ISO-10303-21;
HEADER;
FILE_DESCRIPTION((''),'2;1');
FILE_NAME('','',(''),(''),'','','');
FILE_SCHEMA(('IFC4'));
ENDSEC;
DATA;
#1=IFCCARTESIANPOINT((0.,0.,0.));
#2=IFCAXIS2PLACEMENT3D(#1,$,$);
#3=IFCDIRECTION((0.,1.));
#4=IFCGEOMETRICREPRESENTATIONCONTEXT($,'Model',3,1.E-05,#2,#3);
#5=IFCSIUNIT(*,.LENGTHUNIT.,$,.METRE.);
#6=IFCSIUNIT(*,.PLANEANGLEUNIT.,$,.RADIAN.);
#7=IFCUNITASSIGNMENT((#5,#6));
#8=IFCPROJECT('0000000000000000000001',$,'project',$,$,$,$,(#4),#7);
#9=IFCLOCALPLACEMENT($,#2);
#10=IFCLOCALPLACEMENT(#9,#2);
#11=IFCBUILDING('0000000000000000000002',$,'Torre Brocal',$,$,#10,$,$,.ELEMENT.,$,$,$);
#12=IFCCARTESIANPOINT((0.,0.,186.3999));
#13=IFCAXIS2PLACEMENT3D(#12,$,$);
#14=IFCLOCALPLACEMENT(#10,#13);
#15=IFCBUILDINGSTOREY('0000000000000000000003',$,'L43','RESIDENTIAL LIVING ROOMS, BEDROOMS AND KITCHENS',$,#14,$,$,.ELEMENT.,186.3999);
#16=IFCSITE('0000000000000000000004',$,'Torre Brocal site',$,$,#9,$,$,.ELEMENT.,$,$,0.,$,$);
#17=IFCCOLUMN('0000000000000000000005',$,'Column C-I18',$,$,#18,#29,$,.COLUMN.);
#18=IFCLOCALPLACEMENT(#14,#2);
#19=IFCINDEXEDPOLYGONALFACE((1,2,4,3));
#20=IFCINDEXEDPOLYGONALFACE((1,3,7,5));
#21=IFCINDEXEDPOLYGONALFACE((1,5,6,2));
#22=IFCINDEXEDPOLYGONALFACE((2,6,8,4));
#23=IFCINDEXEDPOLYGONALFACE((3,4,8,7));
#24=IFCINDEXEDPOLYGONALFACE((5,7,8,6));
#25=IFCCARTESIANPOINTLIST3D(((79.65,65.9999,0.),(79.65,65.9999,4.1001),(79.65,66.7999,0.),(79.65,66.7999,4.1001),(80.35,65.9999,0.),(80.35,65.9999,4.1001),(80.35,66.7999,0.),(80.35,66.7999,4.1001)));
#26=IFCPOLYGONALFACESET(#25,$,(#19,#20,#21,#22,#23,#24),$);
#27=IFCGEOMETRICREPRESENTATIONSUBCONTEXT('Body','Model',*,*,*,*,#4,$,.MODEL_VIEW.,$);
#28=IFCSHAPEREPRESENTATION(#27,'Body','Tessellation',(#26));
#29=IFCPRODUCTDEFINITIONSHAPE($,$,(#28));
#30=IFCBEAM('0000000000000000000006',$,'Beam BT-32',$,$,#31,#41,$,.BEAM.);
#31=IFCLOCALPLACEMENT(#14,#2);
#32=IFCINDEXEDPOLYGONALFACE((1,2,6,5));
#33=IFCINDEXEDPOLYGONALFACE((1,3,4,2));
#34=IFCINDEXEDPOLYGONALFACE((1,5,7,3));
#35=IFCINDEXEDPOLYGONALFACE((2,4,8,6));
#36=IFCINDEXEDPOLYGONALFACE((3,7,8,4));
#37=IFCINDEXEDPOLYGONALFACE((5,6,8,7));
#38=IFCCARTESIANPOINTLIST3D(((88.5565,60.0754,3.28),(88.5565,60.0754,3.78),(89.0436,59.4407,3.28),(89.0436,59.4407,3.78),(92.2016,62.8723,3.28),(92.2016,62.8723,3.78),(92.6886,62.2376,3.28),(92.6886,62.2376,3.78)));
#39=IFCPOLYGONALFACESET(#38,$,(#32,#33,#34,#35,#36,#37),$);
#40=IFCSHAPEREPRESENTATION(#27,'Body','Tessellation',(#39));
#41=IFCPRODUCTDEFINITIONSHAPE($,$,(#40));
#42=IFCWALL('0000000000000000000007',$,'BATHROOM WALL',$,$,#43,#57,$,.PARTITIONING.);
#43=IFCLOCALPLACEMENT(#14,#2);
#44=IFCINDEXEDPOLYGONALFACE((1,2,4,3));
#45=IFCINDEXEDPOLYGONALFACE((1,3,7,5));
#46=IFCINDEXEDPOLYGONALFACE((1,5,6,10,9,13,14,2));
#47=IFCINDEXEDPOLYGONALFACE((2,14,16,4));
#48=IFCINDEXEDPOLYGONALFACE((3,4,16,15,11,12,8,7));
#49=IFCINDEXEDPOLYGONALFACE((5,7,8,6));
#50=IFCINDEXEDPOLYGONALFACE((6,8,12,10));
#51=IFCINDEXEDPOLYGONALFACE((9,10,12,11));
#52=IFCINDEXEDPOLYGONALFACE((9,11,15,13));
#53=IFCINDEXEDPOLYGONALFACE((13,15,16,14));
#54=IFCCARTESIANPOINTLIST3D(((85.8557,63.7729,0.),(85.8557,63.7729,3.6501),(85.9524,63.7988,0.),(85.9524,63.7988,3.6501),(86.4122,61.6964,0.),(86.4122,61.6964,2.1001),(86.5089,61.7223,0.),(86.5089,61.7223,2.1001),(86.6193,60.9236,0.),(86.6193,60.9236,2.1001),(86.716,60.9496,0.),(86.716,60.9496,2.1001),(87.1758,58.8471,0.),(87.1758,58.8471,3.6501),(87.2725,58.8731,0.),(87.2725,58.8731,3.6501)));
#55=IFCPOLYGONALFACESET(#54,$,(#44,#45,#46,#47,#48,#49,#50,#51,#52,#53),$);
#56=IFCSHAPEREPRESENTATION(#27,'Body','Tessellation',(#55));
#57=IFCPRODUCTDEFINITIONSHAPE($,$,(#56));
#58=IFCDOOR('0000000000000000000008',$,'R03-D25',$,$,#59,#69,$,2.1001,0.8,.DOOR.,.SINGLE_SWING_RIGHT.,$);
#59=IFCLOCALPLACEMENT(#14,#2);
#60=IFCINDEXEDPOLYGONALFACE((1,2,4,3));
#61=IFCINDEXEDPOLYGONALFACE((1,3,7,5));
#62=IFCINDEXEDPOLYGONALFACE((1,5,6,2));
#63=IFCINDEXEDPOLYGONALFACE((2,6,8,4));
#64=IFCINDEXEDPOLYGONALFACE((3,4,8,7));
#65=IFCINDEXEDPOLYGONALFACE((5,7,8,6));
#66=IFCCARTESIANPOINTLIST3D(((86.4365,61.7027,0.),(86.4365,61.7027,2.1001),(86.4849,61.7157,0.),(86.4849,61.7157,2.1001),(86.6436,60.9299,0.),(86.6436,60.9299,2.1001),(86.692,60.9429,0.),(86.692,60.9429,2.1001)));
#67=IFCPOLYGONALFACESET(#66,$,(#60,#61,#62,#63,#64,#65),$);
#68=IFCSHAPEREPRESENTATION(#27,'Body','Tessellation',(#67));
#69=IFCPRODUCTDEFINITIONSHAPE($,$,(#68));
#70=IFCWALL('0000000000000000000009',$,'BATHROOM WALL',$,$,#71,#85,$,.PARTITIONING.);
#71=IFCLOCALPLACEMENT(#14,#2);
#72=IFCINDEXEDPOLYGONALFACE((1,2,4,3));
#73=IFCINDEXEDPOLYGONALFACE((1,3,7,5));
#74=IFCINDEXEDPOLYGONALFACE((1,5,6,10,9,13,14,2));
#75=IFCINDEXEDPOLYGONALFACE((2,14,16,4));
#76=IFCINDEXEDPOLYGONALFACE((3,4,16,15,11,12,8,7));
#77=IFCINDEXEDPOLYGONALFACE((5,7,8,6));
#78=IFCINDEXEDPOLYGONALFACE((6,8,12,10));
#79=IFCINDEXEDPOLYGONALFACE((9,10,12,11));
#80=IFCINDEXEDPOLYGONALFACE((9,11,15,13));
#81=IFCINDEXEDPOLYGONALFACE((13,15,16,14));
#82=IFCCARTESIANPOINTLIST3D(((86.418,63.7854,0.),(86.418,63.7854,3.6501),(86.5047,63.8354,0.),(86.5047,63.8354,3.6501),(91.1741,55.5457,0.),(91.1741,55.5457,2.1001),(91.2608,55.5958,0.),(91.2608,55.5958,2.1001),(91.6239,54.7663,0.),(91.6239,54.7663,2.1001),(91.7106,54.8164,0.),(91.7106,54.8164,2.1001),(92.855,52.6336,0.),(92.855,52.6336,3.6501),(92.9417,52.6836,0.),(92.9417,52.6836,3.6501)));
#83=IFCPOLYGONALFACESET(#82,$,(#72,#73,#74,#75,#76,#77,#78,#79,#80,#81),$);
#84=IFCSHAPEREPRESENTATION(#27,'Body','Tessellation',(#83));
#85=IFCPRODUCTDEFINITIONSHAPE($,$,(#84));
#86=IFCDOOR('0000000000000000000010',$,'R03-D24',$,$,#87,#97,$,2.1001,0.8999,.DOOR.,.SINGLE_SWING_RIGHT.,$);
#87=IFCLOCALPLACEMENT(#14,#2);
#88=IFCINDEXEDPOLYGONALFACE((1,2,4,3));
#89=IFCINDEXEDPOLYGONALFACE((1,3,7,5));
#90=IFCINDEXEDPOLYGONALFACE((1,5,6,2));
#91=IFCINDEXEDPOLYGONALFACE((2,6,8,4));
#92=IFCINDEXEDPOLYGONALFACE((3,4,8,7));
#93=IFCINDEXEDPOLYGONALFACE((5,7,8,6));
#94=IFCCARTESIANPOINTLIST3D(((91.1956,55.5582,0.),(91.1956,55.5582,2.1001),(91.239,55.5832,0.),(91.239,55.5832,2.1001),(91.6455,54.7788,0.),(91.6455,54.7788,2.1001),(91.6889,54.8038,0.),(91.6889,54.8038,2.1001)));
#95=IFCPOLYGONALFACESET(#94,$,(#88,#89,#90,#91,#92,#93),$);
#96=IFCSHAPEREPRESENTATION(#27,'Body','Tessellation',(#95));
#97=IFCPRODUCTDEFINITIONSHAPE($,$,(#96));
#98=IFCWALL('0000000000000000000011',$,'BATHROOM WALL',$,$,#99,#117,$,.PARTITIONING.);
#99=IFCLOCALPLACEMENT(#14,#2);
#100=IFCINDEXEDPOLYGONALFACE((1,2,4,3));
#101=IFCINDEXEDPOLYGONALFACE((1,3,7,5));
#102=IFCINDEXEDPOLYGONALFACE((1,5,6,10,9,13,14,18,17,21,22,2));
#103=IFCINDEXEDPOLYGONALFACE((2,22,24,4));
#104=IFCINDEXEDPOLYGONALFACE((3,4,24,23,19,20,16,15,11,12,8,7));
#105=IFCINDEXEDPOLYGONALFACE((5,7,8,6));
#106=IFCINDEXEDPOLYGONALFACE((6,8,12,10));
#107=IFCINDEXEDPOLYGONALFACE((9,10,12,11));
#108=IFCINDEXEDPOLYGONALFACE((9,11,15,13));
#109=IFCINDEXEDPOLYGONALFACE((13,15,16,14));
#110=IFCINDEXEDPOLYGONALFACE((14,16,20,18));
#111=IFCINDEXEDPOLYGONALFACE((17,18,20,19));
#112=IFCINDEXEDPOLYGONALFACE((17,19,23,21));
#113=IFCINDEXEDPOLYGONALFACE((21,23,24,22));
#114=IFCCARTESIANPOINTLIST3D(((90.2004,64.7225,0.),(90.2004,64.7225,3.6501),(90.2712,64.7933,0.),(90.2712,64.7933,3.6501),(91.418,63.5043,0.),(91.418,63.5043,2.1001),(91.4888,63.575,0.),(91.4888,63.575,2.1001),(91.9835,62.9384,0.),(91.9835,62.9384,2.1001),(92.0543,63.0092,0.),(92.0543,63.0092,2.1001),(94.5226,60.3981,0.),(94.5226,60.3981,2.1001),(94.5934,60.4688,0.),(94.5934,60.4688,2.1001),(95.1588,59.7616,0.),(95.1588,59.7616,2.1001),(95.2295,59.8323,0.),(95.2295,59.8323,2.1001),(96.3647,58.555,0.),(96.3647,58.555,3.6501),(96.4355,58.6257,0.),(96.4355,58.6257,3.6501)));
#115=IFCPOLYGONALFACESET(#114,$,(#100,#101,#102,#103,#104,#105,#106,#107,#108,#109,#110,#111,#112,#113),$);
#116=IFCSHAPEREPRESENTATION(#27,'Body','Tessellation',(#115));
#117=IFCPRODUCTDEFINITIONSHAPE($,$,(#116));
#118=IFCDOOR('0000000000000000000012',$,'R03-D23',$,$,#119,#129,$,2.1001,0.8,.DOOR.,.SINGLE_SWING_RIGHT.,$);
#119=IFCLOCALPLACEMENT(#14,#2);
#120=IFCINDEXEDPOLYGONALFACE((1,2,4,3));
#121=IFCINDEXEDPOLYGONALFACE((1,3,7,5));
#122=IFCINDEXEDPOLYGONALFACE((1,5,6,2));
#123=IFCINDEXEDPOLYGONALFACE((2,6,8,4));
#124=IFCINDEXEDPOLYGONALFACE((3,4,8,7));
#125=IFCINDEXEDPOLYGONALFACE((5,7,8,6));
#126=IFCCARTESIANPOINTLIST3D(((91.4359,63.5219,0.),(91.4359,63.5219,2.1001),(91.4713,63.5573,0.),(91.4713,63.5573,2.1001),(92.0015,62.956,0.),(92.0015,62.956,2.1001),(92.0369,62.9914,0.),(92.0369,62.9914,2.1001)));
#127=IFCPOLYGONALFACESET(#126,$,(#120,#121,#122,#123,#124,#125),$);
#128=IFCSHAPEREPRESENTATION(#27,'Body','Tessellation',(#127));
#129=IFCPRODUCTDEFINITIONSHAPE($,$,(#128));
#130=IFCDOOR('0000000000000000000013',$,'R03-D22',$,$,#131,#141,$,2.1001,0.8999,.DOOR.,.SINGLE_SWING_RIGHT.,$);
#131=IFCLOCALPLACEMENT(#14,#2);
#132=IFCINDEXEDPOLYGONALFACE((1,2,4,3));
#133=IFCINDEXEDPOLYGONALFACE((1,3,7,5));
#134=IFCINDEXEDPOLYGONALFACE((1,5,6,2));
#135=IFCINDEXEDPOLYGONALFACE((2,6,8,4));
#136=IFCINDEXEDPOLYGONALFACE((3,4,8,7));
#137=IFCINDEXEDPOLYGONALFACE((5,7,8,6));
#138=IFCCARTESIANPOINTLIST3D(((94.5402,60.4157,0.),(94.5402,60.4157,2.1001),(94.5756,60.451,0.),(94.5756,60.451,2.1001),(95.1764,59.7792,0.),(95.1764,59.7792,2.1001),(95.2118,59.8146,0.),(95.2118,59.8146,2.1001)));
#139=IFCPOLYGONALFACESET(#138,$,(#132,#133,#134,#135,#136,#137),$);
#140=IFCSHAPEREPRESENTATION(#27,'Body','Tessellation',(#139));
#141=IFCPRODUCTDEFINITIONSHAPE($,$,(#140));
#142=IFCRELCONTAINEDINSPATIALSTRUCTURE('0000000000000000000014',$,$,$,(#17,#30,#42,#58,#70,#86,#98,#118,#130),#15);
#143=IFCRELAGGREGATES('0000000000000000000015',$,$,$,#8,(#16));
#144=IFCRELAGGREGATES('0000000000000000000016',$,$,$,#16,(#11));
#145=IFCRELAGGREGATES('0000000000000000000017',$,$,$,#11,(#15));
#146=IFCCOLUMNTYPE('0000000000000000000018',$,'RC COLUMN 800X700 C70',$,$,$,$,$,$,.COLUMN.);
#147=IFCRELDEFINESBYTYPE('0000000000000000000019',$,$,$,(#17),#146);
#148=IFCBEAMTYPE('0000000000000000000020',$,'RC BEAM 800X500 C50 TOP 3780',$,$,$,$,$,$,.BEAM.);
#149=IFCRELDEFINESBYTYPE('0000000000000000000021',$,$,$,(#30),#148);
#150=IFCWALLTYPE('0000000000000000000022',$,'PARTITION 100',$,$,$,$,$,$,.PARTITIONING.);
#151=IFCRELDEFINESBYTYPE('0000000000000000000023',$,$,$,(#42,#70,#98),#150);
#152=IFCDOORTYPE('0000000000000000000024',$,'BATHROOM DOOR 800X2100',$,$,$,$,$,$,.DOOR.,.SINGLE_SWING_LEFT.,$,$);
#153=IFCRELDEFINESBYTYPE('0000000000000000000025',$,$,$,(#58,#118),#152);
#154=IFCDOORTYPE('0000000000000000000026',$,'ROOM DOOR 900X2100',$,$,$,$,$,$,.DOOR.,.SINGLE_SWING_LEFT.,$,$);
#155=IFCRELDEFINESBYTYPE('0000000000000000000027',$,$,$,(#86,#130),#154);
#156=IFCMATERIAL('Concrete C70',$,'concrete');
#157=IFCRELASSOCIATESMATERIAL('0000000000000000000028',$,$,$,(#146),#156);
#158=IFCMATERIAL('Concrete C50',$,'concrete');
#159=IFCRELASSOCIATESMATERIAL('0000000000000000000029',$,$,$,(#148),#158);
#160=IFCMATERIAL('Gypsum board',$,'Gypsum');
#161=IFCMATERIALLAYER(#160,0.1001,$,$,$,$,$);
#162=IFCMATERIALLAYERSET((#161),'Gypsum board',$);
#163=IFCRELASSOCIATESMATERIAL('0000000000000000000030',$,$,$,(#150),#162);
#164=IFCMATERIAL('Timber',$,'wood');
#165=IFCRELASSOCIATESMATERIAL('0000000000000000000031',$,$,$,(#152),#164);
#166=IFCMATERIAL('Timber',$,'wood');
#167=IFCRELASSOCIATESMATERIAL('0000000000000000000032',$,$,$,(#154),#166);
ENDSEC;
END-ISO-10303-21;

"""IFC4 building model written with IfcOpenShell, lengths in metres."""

from ifc_helpers import new_model, si_unit, direction, frame, frame_2d, origin, origin_2d, place, context, subcontext, project, spatial, rectangle, extrude, material, layer, layer_set, material_profile, profile_set, type_object, element, fill, save


model = new_model("IFC4")

# Units and contexts
model_context = context("Model", 3, precision=1e-05, world=origin(), true_north=direction((0.0, 1.0)))
body_context = subcontext(model_context, "Body", "Model", "MODEL_VIEW")
ifc_project = project(units=[si_unit("LENGTHUNIT", "METRE"), si_unit("PLANEANGLEUNIT", "RADIAN")], contexts=[model_context])

# Site, building, storey
site_placement = place(None, origin())
site = spatial("IfcSite", under=ifc_project, at=site_placement, Name="Torre Brocal site", CompositionType="ELEMENT", RefElevation=0.0)
building_placement = place(site_placement, origin())
building = spatial("IfcBuilding", under=site, at=building_placement, Name="Torre Brocal", CompositionType="ELEMENT")
storey_placement = place(building_placement, frame((0.0, 0.0, 186.3999)))
storey = spatial("IfcBuildingStorey", under=building, at=storey_placement, Name="L43", Description="RESIDENTIAL LIVING ROOMS, BEDROOMS AND KITCHENS", CompositionType="ELEMENT", Elevation=186.3999)

# Column
ifc_material_1 = material(Name="Concrete C70", Category="concrete")
ifc_material_profile_1 = material_profile(ifc_material_1, rectangle(XDim=0.8, YDim=0.7, at=origin_2d()), Name="RC 800X700")
ifc_profile_set_1 = profile_set([ifc_material_profile_1], Name="Concrete C70")
column_type = type_object("IfcColumnType", Name="RC COLUMN 800X700 C70", PredefinedType="COLUMN", material=ifc_profile_set_1)
column_placement = place(storey_placement, frame((80.0, 66.3999, 0.0), z_axis=(0.0, 0.0, 1.0), x_axis=(0.0, -1.0, 0.0)))
element("IfcColumn", 1, at=column_placement, inside=storey, type_object=column_type, Name="Column C-I18", PredefinedType="COLUMN", context=body_context, shape_type="SweptSolid", body=[
    extrude(rectangle(XDim=0.8, YDim=0.7, at=origin_2d()), origin(), (0.0, 0.0, 1.0), 4.1001),
])

# Beam
ifc_material_2 = material(Name="Concrete C50", Category="concrete")
ifc_material_profile_2 = material_profile(ifc_material_2, rectangle(XDim=0.8, YDim=0.5, at=origin_2d()), Name="RC 800X500")
ifc_profile_set_2 = profile_set([ifc_material_profile_2], Name="Concrete C50")
beam_type = type_object("IfcBeamType", Name="RC BEAM 800X500 C50 TOP 3780", PredefinedType="BEAM", material=ifc_profile_set_2)
beam_placement = place(storey_placement, frame((88.8, 59.7581, 3.53), z_axis=(0.793358, 0.608755, 0.0), x_axis=(-0.608755, 0.793358, 0.0)))
element("IfcBeam", 2, at=beam_placement, inside=storey, type_object=beam_type, Name="Beam BT-32", PredefinedType="BEAM", context=body_context, shape_type="SweptSolid", body=[
    extrude(rectangle(XDim=0.8, YDim=0.5, at=origin_2d()), origin(), (0.0, 0.0, 1.0), 4.5945),
])

# Walls, openings, doors
ifc_material_3 = material(Name="Gypsum board", Category="Gypsum")
ifc_layer_1 = layer(ifc_material_3, 0.1001)
ifc_layer_set_1 = layer_set([ifc_layer_1], Name="Gypsum board")
wall_type_1 = type_object("IfcWallType", Name="PARTITION 100", PredefinedType="PARTITIONING", material=ifc_layer_set_1)
wall_1_placement = place(storey_placement, frame((85.9041, 63.7859, 0.0), z_axis=(0.0, 0.0, 1.0), x_axis=(0.258857, -0.965916, 0.0)))
wall_1 = element("IfcWall", 3, at=wall_1_placement, inside=storey, type_object=wall_type_1, Name="BATHROOM WALL", PredefinedType="PARTITIONING", context=body_context, shape_type="SweptSolid", body=[
    extrude(rectangle(XDim=5.0996, YDim=0.1001, at=frame_2d((2.5498, 0.0))), origin(), (0.0, 0.0, 1.0), 3.6501),
])
opening_1_placement = place(wall_1_placement, frame((2.1499, 0.0, 0.0)))
opening_1 = element("IfcOpeningElement", 4, at=opening_1_placement, cuts=wall_1, PredefinedType="OPENING", context=body_context, shape_type="SweptSolid", body=[
    extrude(rectangle(XDim=0.8, YDim=2.1001, at=frame_2d((0.3999, 1.05))), frame((0.0, 0.0601, 0.0), z_axis=(0.0, -1.0, 0.0), x_axis=(1.0, 0.0, 0.0)), (0.0, 0.0, 1.0), 0.1201),
])
ifc_material_4 = material(Name="Timber", Category="wood")
door_type_1 = type_object("IfcDoorType", Name="BATHROOM DOOR 800X2100", OperationType="SINGLE_SWING_LEFT", PredefinedType="DOOR", material=ifc_material_4)
door_1_placement = place(opening_1_placement, frame((0.8, 0.0, 0.0), z_axis=(0.0, 0.0, 1.0), x_axis=(-1.0, 0.0, 0.0)))
door_1 = element("IfcDoor", 5, at=door_1_placement, inside=storey, type_object=door_type_1, Name="R03-D25", OperationType="SINGLE_SWING_RIGHT", OverallHeight=2.1001, OverallWidth=0.8, PredefinedType="DOOR", context=body_context, shape_type="SweptSolid", body=[
    extrude(rectangle(XDim=0.8, YDim=2.1001, at=frame_2d((0.3999, 1.05))), frame((0.0, 0.0249, 0.0), z_axis=(0.0, -1.0, 0.0), x_axis=(1.0, 0.0, 0.0)), (0.0, 0.0, 1.0), 0.05),
])
fill(opening_1, door_1)
wall_2_placement = place(storey_placement, frame((86.4614, 63.8103, 0.0), z_axis=(0.0, 0.0, 1.0), x_axis=(0.499912, -0.866076, 0.0)))
wall_2 = element("IfcWall", 6, at=wall_2_placement, inside=storey, type_object=wall_type_1, Name="BATHROOM WALL", PredefinedType="PARTITIONING", context=body_context, shape_type="SweptSolid", body=[
    extrude(rectangle(XDim=12.8762, YDim=0.1001, at=frame_2d((6.438, 0.0))), origin(), (0.0, 0.0, 1.0), 3.6501),
])
opening_2_placement = place(wall_2_placement, frame((9.5137, 0.0, 0.0)))
opening_2 = element("IfcOpeningElement", 7, at=opening_2_placement, cuts=wall_2, PredefinedType="OPENING", context=body_context, shape_type="SweptSolid", body=[
    extrude(rectangle(XDim=0.8999, YDim=2.1001, at=frame_2d((0.45, 1.05))), frame((0.0, 0.0601, 0.0), z_axis=(0.0, -1.0, 0.0), x_axis=(1.0, 0.0, 0.0)), (0.0, 0.0, 1.0), 0.1201),
])
ifc_material_5 = material(Name="Timber", Category="wood")
door_type_2 = type_object("IfcDoorType", Name="ROOM DOOR 900X2100", OperationType="SINGLE_SWING_LEFT", PredefinedType="DOOR", material=ifc_material_5)
door_2_placement = place(opening_2_placement, origin())
door_2 = element("IfcDoor", 8, at=door_2_placement, inside=storey, type_object=door_type_2, Name="R03-D24", OperationType="SINGLE_SWING_RIGHT", OverallHeight=2.1001, OverallWidth=0.8999, PredefinedType="DOOR", context=body_context, shape_type="SweptSolid", body=[
    extrude(rectangle(XDim=0.8999, YDim=2.1001, at=frame_2d((0.45, 1.05))), frame((0.0, 0.0249, 0.0), z_axis=(0.0, -1.0, 0.0), x_axis=(1.0, 0.0, 0.0)), (0.0, 0.0, 1.0), 0.05),
])
fill(opening_2, door_2)

# Wall, openings, doors
wall_3_placement = place(storey_placement, frame((90.2358, 64.7578, 0.0), z_axis=(0.0, 0.0, 1.0), x_axis=(0.706925, -0.707289, 0.0)))
wall_3 = element("IfcWall", 9, at=wall_3_placement, inside=storey, type_object=wall_type_1, Name="BATHROOM WALL", PredefinedType="PARTITIONING", context=body_context, shape_type="SweptSolid", body=[
    extrude(rectangle(XDim=8.72, YDim=0.1001, at=frame_2d((4.3599, 0.0))), origin(), (0.0, 0.0, 1.0), 3.6501),
])
opening_3_placement = place(wall_3_placement, frame((6.114, 0.0, 0.0)))
opening_3 = element("IfcOpeningElement", 10, at=opening_3_placement, cuts=wall_3, PredefinedType="OPENING", context=body_context, shape_type="SweptSolid", body=[
    extrude(rectangle(XDim=0.8999, YDim=2.1001, at=frame_2d((0.45, 1.05))), frame((0.0, 0.0601, 0.0), z_axis=(0.0, -1.0, 0.0), x_axis=(1.0, 0.0, 0.0)), (0.0, 0.0, 1.0), 0.1201),
])
opening_4_placement = place(wall_3_placement, frame((1.7224, 0.0, 0.0)))
opening_4 = element("IfcOpeningElement", 11, at=opening_4_placement, cuts=wall_3, PredefinedType="OPENING", context=body_context, shape_type="SweptSolid", body=[
    extrude(rectangle(XDim=0.8, YDim=2.1001, at=frame_2d((0.3999, 1.05))), frame((0.0, 0.0601, 0.0), z_axis=(0.0, -1.0, 0.0), x_axis=(1.0, 0.0, 0.0)), (0.0, 0.0, 1.0), 0.1201),
])
door_3_placement = place(opening_4_placement, frame((0.8, 0.0, 0.0), z_axis=(0.0, 0.0, 1.0), x_axis=(-1.0, 0.0, 0.0)))
door_3 = element("IfcDoor", 12, at=door_3_placement, inside=storey, type_object=door_type_1, Name="R03-D23", OperationType="SINGLE_SWING_RIGHT", OverallHeight=2.1001, OverallWidth=0.8, PredefinedType="DOOR", context=body_context, shape_type="SweptSolid", body=[
    extrude(rectangle(XDim=0.8, YDim=2.1001, at=frame_2d((0.3999, 1.05))), frame((0.0, 0.0249, 0.0), z_axis=(0.0, -1.0, 0.0), x_axis=(1.0, 0.0, 0.0)), (0.0, 0.0, 1.0), 0.05),
])
fill(opening_4, door_3)
door_4_placement = place(opening_3_placement, origin())
door_4 = element("IfcDoor", 13, at=door_4_placement, inside=storey, type_object=door_type_2, Name="R03-D22", OperationType="SINGLE_SWING_RIGHT", OverallHeight=2.1001, OverallWidth=0.8999, PredefinedType="DOOR", context=body_context, shape_type="SweptSolid", body=[
    extrude(rectangle(XDim=0.8999, YDim=2.1001, at=frame_2d((0.45, 1.05))), frame((0.0, 0.0249, 0.0), z_axis=(0.0, -1.0, 0.0), x_axis=(1.0, 0.0, 0.0)), (0.0, 0.0, 1.0), 0.05),
])
fill(opening_3, door_4)

save(model, "model.ifc")
